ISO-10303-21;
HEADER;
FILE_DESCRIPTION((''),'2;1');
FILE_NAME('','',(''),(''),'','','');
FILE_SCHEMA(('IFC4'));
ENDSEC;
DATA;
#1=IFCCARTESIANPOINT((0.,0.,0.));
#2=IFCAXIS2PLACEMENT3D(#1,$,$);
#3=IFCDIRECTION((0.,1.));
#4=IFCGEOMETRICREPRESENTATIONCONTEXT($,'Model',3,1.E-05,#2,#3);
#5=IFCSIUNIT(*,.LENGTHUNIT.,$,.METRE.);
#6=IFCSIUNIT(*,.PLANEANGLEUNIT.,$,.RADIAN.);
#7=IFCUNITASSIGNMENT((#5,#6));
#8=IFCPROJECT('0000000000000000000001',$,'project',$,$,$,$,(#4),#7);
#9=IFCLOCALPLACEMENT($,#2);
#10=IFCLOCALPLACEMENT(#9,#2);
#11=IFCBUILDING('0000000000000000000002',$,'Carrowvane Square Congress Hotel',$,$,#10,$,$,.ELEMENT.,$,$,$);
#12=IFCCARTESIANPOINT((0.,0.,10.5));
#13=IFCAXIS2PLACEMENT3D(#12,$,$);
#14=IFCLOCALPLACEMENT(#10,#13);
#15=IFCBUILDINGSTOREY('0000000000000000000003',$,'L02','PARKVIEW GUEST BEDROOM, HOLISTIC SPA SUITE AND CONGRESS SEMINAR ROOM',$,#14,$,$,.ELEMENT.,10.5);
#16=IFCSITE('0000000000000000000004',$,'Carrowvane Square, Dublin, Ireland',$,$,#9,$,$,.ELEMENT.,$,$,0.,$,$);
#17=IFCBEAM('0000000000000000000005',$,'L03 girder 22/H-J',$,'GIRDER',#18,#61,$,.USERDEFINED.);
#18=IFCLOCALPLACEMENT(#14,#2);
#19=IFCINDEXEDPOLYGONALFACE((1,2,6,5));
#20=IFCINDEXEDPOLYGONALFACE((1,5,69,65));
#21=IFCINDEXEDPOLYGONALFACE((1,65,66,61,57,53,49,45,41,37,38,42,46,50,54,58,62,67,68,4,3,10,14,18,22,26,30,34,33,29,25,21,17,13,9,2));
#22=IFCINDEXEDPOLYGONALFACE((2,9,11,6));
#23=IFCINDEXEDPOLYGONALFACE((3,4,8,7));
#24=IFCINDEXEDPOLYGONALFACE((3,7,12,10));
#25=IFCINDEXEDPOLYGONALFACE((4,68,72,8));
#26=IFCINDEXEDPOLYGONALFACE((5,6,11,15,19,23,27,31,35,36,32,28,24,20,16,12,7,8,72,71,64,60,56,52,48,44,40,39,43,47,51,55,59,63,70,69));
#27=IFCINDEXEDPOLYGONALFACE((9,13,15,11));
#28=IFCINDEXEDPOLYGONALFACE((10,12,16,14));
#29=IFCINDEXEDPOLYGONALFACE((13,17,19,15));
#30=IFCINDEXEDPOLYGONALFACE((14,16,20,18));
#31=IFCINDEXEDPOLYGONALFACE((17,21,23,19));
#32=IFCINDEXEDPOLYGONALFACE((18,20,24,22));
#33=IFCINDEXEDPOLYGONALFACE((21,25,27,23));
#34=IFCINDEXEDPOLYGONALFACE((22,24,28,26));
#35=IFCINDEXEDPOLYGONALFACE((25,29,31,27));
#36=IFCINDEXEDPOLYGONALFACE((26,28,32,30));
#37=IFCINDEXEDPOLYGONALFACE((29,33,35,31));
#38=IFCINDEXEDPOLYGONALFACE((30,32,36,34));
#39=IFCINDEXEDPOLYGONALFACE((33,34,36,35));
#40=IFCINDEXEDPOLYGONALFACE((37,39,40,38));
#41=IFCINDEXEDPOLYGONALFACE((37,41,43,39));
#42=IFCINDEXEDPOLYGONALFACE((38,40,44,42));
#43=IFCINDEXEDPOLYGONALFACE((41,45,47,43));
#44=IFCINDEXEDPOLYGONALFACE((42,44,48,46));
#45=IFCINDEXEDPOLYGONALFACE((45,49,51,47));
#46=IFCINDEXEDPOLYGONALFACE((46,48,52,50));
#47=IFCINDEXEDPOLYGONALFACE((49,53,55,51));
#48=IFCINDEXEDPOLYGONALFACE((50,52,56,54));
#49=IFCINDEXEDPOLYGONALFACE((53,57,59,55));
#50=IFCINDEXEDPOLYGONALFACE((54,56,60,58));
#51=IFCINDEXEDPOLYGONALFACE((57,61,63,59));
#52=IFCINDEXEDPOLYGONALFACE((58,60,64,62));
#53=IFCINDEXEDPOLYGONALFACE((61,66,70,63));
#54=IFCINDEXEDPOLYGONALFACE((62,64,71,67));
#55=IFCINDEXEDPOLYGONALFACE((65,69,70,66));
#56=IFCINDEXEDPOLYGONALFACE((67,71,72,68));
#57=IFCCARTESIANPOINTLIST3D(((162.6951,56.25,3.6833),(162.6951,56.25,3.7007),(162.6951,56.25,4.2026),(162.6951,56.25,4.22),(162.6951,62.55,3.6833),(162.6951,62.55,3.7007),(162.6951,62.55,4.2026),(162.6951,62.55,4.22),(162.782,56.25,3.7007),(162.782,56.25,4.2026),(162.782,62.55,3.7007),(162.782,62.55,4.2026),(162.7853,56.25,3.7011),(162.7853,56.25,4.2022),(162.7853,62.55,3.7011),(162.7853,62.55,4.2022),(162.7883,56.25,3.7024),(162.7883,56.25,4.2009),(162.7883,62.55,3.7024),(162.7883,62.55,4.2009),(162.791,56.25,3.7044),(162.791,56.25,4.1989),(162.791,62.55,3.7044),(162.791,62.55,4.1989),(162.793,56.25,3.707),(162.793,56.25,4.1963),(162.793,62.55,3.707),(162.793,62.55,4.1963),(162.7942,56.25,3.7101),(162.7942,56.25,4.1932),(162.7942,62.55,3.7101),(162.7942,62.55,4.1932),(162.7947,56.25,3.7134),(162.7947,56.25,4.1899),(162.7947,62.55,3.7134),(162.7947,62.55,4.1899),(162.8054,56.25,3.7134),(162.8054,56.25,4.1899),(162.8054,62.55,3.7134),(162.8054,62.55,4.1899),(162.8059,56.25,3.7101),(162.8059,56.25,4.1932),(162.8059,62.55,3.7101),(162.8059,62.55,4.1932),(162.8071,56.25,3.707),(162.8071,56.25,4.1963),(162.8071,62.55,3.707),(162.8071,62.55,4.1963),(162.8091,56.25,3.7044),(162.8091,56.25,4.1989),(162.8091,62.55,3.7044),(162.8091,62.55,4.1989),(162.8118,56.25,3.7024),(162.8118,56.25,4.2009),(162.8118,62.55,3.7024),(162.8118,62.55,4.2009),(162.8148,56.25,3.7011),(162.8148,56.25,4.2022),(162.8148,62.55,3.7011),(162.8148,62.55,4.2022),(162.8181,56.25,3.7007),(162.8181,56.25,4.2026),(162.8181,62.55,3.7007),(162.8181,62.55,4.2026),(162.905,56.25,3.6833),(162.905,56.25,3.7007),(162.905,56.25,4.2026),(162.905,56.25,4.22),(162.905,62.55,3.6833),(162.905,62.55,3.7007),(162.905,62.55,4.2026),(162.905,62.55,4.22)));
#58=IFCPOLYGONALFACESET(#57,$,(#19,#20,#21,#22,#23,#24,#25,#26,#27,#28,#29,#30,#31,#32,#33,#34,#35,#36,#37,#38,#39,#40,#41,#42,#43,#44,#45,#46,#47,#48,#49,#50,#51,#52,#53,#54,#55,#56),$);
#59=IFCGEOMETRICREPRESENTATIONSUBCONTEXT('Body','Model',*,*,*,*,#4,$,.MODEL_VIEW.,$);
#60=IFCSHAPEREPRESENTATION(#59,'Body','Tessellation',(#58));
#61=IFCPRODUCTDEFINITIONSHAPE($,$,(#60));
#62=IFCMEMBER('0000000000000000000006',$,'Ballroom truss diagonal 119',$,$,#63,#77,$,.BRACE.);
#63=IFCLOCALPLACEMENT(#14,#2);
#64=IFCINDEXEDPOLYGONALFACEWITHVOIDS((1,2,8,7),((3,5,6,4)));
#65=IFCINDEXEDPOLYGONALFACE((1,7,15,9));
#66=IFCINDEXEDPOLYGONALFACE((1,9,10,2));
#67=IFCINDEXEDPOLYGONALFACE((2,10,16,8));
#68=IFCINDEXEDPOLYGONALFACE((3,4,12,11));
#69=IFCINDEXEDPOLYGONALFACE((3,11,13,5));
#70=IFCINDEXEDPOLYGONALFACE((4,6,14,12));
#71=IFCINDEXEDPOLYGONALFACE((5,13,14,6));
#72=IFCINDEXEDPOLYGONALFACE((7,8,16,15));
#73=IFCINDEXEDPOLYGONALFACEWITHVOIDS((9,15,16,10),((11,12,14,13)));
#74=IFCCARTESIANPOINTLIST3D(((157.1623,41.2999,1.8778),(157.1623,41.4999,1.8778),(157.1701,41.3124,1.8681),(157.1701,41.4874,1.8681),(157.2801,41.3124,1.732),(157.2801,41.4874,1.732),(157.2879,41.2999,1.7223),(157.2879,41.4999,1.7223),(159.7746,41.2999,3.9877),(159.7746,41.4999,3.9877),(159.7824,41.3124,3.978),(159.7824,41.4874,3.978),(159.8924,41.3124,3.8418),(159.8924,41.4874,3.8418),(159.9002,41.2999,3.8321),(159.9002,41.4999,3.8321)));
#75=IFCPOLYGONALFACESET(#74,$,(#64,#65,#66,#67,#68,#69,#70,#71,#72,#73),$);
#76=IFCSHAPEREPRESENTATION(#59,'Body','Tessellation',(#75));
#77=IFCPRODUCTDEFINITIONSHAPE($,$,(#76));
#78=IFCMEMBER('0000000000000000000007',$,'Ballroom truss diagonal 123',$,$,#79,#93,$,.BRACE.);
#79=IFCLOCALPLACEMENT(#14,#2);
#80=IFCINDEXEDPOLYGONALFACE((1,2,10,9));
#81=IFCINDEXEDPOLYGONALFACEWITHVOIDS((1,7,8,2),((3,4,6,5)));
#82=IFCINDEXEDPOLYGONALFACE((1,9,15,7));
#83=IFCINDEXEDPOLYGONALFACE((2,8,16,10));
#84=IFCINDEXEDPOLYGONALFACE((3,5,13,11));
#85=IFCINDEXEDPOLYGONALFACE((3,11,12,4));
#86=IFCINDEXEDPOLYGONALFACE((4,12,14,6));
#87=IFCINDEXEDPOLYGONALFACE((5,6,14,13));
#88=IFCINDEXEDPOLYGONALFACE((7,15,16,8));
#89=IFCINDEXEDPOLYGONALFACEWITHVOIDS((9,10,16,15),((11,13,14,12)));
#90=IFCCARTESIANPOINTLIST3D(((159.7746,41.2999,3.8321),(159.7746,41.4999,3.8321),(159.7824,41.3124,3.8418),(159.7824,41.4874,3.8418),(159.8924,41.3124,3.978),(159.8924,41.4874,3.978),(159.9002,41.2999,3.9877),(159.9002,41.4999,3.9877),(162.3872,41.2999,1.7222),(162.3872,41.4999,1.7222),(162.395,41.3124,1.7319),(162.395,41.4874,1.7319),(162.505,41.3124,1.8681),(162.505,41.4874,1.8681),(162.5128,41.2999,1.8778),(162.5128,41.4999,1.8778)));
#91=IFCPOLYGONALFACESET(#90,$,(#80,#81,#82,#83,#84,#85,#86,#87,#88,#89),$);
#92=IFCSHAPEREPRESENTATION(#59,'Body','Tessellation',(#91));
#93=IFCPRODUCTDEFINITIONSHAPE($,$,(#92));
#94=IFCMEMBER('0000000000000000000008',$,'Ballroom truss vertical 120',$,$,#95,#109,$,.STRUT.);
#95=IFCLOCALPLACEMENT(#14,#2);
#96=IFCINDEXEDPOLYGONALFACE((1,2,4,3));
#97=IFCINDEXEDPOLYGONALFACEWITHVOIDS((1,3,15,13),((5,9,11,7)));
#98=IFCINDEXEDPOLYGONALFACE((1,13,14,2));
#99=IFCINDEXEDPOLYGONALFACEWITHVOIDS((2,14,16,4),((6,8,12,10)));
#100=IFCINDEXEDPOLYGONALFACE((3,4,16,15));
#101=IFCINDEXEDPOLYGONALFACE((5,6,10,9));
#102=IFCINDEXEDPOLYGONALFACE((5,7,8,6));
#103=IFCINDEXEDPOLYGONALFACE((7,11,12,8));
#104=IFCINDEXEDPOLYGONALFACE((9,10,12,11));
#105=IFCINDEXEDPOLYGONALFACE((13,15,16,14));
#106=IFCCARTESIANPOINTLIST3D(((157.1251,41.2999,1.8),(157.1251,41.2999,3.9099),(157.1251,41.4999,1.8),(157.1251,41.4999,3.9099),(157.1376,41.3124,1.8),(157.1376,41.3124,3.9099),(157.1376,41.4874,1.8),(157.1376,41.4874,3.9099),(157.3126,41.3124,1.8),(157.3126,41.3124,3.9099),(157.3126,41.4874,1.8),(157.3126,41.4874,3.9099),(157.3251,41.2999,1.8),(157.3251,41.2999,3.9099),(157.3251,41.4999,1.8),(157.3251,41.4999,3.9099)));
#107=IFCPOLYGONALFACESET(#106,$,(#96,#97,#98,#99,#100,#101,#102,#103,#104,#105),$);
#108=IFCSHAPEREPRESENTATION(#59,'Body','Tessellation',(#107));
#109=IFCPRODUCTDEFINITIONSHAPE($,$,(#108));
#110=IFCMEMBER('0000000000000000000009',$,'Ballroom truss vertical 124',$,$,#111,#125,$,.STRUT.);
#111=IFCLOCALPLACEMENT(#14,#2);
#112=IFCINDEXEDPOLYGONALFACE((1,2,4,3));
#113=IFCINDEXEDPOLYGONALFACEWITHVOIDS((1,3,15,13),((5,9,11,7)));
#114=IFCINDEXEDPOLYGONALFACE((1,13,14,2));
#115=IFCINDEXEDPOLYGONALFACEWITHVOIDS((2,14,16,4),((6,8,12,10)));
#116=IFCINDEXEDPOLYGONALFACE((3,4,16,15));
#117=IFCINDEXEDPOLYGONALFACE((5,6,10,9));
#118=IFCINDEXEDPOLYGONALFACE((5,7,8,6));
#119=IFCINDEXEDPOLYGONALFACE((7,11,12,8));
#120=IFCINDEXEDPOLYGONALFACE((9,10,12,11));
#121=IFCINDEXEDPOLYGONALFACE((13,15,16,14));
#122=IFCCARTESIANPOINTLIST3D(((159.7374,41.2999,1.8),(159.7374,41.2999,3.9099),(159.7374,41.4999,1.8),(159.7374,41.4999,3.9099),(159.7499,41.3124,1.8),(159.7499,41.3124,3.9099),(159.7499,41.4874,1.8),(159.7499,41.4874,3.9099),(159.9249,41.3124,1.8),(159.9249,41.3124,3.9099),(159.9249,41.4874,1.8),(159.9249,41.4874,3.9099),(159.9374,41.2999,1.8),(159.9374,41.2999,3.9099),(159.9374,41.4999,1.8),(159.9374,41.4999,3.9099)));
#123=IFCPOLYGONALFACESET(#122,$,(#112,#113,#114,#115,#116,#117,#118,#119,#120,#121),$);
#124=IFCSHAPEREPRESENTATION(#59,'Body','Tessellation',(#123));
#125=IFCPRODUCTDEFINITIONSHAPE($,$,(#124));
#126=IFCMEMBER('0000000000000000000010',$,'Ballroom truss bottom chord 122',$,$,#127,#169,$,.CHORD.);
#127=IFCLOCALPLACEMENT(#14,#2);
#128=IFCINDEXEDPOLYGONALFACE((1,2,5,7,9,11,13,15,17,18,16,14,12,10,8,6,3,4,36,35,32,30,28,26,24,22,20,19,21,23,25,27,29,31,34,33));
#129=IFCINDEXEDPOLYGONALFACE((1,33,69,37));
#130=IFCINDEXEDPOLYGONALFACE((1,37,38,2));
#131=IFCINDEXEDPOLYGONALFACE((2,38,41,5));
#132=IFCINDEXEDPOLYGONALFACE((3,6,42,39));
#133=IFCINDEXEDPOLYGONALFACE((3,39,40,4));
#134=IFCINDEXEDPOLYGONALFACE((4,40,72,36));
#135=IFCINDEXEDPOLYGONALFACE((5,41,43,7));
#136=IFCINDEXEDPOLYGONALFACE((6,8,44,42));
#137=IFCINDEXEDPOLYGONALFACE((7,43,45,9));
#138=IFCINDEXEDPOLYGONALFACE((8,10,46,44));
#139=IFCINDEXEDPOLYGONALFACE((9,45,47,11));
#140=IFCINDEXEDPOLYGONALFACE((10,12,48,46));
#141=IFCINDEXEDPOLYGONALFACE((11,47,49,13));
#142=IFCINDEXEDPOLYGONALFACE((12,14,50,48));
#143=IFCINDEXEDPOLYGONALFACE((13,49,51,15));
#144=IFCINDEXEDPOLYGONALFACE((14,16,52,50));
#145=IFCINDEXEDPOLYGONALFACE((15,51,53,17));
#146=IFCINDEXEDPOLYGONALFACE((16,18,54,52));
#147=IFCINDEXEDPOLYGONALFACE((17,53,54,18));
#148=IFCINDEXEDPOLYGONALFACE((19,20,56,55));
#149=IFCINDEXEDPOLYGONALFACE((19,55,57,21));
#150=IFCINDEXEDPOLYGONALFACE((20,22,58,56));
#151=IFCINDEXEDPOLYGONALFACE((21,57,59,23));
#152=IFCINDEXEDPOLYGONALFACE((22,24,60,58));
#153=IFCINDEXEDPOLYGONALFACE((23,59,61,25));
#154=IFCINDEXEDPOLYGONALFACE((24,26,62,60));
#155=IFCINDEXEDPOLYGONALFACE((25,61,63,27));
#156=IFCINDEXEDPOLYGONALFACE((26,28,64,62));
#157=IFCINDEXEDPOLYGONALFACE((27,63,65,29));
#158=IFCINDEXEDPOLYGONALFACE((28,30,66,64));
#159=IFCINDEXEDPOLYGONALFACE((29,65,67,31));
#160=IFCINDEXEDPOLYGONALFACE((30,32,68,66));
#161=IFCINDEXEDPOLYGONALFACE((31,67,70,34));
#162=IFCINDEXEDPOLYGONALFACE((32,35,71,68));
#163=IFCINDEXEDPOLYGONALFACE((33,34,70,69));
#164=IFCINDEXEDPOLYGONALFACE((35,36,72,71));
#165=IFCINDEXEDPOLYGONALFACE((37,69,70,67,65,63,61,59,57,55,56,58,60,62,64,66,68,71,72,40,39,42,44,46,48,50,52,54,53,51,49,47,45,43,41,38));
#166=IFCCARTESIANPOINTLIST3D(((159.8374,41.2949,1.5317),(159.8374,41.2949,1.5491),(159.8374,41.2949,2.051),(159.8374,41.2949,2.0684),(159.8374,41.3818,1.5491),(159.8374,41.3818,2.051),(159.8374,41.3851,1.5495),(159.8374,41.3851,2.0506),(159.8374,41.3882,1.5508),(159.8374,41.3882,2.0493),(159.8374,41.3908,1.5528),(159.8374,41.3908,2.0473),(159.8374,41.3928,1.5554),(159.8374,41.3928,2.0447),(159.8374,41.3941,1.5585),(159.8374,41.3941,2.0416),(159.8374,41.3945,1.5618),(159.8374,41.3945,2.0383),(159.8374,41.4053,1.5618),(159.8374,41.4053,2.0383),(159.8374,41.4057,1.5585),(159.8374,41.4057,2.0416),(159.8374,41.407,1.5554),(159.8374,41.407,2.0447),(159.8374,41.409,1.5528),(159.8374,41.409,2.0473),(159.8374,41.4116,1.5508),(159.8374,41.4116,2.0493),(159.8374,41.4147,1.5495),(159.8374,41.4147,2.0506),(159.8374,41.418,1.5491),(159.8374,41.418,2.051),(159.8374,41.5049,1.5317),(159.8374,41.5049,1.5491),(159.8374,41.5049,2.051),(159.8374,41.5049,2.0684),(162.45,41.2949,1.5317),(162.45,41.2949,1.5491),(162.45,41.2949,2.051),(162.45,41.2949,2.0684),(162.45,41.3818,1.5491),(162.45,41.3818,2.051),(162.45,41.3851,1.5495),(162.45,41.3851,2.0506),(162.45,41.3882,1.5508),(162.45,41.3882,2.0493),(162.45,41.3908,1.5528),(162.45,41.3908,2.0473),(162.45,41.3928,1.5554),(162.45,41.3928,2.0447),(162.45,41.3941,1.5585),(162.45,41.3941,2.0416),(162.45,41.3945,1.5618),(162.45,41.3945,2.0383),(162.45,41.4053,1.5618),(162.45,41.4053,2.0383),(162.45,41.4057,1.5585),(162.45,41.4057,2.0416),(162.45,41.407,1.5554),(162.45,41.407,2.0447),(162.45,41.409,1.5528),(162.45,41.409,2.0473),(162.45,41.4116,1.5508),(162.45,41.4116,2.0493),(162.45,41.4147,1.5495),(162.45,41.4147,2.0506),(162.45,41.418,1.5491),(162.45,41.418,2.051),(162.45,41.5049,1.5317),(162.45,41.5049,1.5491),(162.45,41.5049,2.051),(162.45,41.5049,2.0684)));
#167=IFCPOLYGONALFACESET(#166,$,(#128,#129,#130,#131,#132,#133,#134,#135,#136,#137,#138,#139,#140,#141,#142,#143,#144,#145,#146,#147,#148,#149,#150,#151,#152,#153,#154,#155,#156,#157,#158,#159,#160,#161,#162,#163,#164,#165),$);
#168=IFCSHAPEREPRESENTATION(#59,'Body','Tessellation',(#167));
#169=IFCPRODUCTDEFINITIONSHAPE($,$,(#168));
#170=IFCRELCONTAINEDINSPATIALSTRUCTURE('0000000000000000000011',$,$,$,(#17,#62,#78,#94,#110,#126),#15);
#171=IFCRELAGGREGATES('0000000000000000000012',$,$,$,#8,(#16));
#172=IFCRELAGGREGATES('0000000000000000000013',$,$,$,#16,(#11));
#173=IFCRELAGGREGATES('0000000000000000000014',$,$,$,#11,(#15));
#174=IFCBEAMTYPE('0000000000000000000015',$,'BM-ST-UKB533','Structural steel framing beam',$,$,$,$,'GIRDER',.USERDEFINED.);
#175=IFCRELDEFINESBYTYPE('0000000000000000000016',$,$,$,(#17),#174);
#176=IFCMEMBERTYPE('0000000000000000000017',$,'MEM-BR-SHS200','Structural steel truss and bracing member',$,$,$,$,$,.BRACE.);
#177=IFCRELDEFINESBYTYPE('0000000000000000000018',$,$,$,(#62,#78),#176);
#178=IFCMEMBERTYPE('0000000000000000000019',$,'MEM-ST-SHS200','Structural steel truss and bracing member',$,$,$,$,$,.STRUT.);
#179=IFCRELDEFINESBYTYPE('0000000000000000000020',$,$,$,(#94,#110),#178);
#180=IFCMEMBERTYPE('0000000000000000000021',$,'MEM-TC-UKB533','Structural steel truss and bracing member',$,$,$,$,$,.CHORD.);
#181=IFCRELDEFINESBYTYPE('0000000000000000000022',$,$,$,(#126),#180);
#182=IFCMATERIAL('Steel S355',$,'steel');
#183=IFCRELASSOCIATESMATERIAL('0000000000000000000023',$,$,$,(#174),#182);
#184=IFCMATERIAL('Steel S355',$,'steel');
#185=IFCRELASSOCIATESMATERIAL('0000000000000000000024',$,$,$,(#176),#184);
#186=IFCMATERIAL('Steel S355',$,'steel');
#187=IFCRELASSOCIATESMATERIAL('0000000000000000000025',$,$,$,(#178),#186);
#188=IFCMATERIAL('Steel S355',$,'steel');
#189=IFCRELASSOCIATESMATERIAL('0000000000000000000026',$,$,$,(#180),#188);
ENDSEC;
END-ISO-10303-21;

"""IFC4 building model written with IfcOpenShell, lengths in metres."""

from ifc_helpers import new_model, si_unit, direction, frame, origin, origin_2d, place, context, subcontext, project, spatial, hollow_rectangle, i_section, extrude, material, material_profile, profile_set, type_object, element, save


model = new_model("IFC4")

# Units and contexts
model_context = context("Model", 3, precision=1e-05, world=origin(), true_north=direction((0.0, 1.0)))
body_context = subcontext(model_context, "Body", "Model", "MODEL_VIEW")
ifc_project = project(units=[si_unit("LENGTHUNIT", "METRE"), si_unit("PLANEANGLEUNIT", "RADIAN")], contexts=[model_context])

# Site, building, storey
site_placement = place(None, origin())
site = spatial("IfcSite", under=ifc_project, at=site_placement, Name="Carrowvane Square, Dublin, Ireland", CompositionType="ELEMENT", RefElevation=0.0)
building_placement = place(site_placement, origin())
building = spatial("IfcBuilding", under=site, at=building_placement, Name="Carrowvane Square Congress Hotel", CompositionType="ELEMENT")
storey_placement = place(building_placement, frame((0.0, 0.0, 10.5)))
storey = spatial("IfcBuildingStorey", under=building, at=storey_placement, Name="L02", Description="PARKVIEW GUEST BEDROOM, HOLISTIC SPA SUITE AND CONGRESS SEMINAR ROOM", CompositionType="ELEMENT", Elevation=10.5)

# Beam
ifc_material_1 = material(Name="Steel S355", Category="steel")
ifc_material_profile_1 = material_profile(ifc_material_1, i_section(OverallWidth=0.21, OverallDepth=0.5366, WebThickness=0.0107, FlangeThickness=0.0173, FilletRadius=0.0127, at=origin_2d()), Name="UKB 533x210x101")
ifc_profile_set_1 = profile_set([ifc_material_profile_1], Name="Steel S355")
beam_type_1 = type_object("IfcBeamType", Name="BM-ST-UKB533", Description="Structural steel framing beam", ElementType="GIRDER", PredefinedType="USERDEFINED", material=ifc_profile_set_1)
for number, where, z_axis, x_axis, name in (
    (1, (162.8, 56.25, 3.9517), (0.0, 1.0, 0.0), (-1.0, 0.0, 0.0), "L03 girder 22/H-J"),
):
    element("IfcBeam", number, at=place(storey_placement, frame(where, z_axis=z_axis, x_axis=x_axis)), inside=storey, type_object=beam_type_1, Name=name, ObjectType="GIRDER", PredefinedType="USERDEFINED", context=body_context, shape_type="SweptSolid", body=[
        extrude(i_section(OverallWidth=0.21, OverallDepth=0.5366, WebThickness=0.0107, FlangeThickness=0.0173, FilletRadius=0.0127, at=origin_2d()), origin(), (0.0, 0.0, 1.0), 6.3),
    ])

# Members
ifc_material_2 = material(Name="Steel S355", Category="steel")
ifc_material_profile_2 = material_profile(ifc_material_2, hollow_rectangle(XDim=0.2, YDim=0.2, WallThickness=0.0125, at=origin_2d()), Name="SHS 200x200x12.5")
ifc_profile_set_2 = profile_set([ifc_material_profile_2], Name="Steel S355")
member_type_1 = type_object("IfcMemberType", Name="MEM-BR-SHS200", Description="Structural steel truss and bracing member", PredefinedType="BRACE", material=ifc_profile_set_2)
member_1_placement = place(storey_placement, frame((157.2251, 41.3999, 1.8), z_axis=(0.777952, 0.0, 0.628324), x_axis=(0.0, 1.0, 0.0)))
element("IfcMember", 2, at=member_1_placement, inside=storey, type_object=member_type_1, Name="Ballroom truss diagonal 119", PredefinedType="BRACE", context=body_context, shape_type="SweptSolid", body=[
    extrude(hollow_rectangle(XDim=0.2, YDim=0.2, WallThickness=0.0125, at=origin_2d()), origin(), (0.0, 0.0, 1.0), 3.3579),
])
member_2_placement = place(storey_placement, frame((159.8374, 41.3999, 3.9099), z_axis=(0.777981, 0.0, -0.628288), x_axis=(0.0, 1.0, 0.0)))
element("IfcMember", 3, at=member_2_placement, inside=storey, type_object=member_type_1, Name="Ballroom truss diagonal 123", PredefinedType="BRACE", context=body_context, shape_type="SweptSolid", body=[
    extrude(hollow_rectangle(XDim=0.2, YDim=0.2, WallThickness=0.0125, at=origin_2d()), origin(), (0.0, 0.0, 1.0), 3.3582),
])
ifc_material_3 = material(Name="Steel S355", Category="steel")
ifc_material_profile_3 = material_profile(ifc_material_3, hollow_rectangle(XDim=0.2, YDim=0.2, WallThickness=0.0125, at=origin_2d()), Name="SHS 200x200x12.5")
ifc_profile_set_3 = profile_set([ifc_material_profile_3], Name="Steel S355")
member_type_2 = type_object("IfcMemberType", Name="MEM-ST-SHS200", Description="Structural steel truss and bracing member", PredefinedType="STRUT", material=ifc_profile_set_3)
for number, where, z_axis, x_axis, name in (
    (4, (157.2251, 41.3999, 1.8), (0.0, 0.0, 1.0), (1.0, 0.0, 0.0), "Ballroom truss vertical 120"),
    (5, (159.8374, 41.3999, 1.8), (0.0, 0.0, 1.0), (1.0, 0.0, 0.0), "Ballroom truss vertical 124"),
):
    element("IfcMember", number, at=place(storey_placement, frame(where, z_axis=z_axis, x_axis=x_axis)), inside=storey, type_object=member_type_2, Name=name, PredefinedType="STRUT", context=body_context, shape_type="SweptSolid", body=[
        extrude(hollow_rectangle(XDim=0.2, YDim=0.2, WallThickness=0.0125, at=origin_2d()), origin(), (0.0, 0.0, 1.0), 2.1099),
    ])
ifc_material_4 = material(Name="Steel S355", Category="steel")
ifc_material_profile_4 = material_profile(ifc_material_4, i_section(OverallWidth=0.21, OverallDepth=0.5366, WebThickness=0.0107, FlangeThickness=0.0173, FilletRadius=0.0127, at=origin_2d()), Name="UKB 533x210x101")
ifc_profile_set_4 = profile_set([ifc_material_profile_4], Name="Steel S355")
member_type_3 = type_object("IfcMemberType", Name="MEM-TC-UKB533", Description="Structural steel truss and bracing member", PredefinedType="CHORD", material=ifc_profile_set_4)
member_3_placement = place(storey_placement, frame((159.8374, 41.3999, 1.8), z_axis=(1.0, 0.0, 0.0), x_axis=(0.0, 1.0, 0.0)))
element("IfcMember", 6, at=member_3_placement, inside=storey, type_object=member_type_3, Name="Ballroom truss bottom chord 122", PredefinedType="CHORD", context=body_context, shape_type="SweptSolid", body=[
    extrude(i_section(OverallWidth=0.21, OverallDepth=0.5366, WebThickness=0.0107, FlangeThickness=0.0173, FilletRadius=0.0127, at=origin_2d()), origin(), (0.0, 0.0, 1.0), 2.6125),
])

save(model, "model.ifc")
